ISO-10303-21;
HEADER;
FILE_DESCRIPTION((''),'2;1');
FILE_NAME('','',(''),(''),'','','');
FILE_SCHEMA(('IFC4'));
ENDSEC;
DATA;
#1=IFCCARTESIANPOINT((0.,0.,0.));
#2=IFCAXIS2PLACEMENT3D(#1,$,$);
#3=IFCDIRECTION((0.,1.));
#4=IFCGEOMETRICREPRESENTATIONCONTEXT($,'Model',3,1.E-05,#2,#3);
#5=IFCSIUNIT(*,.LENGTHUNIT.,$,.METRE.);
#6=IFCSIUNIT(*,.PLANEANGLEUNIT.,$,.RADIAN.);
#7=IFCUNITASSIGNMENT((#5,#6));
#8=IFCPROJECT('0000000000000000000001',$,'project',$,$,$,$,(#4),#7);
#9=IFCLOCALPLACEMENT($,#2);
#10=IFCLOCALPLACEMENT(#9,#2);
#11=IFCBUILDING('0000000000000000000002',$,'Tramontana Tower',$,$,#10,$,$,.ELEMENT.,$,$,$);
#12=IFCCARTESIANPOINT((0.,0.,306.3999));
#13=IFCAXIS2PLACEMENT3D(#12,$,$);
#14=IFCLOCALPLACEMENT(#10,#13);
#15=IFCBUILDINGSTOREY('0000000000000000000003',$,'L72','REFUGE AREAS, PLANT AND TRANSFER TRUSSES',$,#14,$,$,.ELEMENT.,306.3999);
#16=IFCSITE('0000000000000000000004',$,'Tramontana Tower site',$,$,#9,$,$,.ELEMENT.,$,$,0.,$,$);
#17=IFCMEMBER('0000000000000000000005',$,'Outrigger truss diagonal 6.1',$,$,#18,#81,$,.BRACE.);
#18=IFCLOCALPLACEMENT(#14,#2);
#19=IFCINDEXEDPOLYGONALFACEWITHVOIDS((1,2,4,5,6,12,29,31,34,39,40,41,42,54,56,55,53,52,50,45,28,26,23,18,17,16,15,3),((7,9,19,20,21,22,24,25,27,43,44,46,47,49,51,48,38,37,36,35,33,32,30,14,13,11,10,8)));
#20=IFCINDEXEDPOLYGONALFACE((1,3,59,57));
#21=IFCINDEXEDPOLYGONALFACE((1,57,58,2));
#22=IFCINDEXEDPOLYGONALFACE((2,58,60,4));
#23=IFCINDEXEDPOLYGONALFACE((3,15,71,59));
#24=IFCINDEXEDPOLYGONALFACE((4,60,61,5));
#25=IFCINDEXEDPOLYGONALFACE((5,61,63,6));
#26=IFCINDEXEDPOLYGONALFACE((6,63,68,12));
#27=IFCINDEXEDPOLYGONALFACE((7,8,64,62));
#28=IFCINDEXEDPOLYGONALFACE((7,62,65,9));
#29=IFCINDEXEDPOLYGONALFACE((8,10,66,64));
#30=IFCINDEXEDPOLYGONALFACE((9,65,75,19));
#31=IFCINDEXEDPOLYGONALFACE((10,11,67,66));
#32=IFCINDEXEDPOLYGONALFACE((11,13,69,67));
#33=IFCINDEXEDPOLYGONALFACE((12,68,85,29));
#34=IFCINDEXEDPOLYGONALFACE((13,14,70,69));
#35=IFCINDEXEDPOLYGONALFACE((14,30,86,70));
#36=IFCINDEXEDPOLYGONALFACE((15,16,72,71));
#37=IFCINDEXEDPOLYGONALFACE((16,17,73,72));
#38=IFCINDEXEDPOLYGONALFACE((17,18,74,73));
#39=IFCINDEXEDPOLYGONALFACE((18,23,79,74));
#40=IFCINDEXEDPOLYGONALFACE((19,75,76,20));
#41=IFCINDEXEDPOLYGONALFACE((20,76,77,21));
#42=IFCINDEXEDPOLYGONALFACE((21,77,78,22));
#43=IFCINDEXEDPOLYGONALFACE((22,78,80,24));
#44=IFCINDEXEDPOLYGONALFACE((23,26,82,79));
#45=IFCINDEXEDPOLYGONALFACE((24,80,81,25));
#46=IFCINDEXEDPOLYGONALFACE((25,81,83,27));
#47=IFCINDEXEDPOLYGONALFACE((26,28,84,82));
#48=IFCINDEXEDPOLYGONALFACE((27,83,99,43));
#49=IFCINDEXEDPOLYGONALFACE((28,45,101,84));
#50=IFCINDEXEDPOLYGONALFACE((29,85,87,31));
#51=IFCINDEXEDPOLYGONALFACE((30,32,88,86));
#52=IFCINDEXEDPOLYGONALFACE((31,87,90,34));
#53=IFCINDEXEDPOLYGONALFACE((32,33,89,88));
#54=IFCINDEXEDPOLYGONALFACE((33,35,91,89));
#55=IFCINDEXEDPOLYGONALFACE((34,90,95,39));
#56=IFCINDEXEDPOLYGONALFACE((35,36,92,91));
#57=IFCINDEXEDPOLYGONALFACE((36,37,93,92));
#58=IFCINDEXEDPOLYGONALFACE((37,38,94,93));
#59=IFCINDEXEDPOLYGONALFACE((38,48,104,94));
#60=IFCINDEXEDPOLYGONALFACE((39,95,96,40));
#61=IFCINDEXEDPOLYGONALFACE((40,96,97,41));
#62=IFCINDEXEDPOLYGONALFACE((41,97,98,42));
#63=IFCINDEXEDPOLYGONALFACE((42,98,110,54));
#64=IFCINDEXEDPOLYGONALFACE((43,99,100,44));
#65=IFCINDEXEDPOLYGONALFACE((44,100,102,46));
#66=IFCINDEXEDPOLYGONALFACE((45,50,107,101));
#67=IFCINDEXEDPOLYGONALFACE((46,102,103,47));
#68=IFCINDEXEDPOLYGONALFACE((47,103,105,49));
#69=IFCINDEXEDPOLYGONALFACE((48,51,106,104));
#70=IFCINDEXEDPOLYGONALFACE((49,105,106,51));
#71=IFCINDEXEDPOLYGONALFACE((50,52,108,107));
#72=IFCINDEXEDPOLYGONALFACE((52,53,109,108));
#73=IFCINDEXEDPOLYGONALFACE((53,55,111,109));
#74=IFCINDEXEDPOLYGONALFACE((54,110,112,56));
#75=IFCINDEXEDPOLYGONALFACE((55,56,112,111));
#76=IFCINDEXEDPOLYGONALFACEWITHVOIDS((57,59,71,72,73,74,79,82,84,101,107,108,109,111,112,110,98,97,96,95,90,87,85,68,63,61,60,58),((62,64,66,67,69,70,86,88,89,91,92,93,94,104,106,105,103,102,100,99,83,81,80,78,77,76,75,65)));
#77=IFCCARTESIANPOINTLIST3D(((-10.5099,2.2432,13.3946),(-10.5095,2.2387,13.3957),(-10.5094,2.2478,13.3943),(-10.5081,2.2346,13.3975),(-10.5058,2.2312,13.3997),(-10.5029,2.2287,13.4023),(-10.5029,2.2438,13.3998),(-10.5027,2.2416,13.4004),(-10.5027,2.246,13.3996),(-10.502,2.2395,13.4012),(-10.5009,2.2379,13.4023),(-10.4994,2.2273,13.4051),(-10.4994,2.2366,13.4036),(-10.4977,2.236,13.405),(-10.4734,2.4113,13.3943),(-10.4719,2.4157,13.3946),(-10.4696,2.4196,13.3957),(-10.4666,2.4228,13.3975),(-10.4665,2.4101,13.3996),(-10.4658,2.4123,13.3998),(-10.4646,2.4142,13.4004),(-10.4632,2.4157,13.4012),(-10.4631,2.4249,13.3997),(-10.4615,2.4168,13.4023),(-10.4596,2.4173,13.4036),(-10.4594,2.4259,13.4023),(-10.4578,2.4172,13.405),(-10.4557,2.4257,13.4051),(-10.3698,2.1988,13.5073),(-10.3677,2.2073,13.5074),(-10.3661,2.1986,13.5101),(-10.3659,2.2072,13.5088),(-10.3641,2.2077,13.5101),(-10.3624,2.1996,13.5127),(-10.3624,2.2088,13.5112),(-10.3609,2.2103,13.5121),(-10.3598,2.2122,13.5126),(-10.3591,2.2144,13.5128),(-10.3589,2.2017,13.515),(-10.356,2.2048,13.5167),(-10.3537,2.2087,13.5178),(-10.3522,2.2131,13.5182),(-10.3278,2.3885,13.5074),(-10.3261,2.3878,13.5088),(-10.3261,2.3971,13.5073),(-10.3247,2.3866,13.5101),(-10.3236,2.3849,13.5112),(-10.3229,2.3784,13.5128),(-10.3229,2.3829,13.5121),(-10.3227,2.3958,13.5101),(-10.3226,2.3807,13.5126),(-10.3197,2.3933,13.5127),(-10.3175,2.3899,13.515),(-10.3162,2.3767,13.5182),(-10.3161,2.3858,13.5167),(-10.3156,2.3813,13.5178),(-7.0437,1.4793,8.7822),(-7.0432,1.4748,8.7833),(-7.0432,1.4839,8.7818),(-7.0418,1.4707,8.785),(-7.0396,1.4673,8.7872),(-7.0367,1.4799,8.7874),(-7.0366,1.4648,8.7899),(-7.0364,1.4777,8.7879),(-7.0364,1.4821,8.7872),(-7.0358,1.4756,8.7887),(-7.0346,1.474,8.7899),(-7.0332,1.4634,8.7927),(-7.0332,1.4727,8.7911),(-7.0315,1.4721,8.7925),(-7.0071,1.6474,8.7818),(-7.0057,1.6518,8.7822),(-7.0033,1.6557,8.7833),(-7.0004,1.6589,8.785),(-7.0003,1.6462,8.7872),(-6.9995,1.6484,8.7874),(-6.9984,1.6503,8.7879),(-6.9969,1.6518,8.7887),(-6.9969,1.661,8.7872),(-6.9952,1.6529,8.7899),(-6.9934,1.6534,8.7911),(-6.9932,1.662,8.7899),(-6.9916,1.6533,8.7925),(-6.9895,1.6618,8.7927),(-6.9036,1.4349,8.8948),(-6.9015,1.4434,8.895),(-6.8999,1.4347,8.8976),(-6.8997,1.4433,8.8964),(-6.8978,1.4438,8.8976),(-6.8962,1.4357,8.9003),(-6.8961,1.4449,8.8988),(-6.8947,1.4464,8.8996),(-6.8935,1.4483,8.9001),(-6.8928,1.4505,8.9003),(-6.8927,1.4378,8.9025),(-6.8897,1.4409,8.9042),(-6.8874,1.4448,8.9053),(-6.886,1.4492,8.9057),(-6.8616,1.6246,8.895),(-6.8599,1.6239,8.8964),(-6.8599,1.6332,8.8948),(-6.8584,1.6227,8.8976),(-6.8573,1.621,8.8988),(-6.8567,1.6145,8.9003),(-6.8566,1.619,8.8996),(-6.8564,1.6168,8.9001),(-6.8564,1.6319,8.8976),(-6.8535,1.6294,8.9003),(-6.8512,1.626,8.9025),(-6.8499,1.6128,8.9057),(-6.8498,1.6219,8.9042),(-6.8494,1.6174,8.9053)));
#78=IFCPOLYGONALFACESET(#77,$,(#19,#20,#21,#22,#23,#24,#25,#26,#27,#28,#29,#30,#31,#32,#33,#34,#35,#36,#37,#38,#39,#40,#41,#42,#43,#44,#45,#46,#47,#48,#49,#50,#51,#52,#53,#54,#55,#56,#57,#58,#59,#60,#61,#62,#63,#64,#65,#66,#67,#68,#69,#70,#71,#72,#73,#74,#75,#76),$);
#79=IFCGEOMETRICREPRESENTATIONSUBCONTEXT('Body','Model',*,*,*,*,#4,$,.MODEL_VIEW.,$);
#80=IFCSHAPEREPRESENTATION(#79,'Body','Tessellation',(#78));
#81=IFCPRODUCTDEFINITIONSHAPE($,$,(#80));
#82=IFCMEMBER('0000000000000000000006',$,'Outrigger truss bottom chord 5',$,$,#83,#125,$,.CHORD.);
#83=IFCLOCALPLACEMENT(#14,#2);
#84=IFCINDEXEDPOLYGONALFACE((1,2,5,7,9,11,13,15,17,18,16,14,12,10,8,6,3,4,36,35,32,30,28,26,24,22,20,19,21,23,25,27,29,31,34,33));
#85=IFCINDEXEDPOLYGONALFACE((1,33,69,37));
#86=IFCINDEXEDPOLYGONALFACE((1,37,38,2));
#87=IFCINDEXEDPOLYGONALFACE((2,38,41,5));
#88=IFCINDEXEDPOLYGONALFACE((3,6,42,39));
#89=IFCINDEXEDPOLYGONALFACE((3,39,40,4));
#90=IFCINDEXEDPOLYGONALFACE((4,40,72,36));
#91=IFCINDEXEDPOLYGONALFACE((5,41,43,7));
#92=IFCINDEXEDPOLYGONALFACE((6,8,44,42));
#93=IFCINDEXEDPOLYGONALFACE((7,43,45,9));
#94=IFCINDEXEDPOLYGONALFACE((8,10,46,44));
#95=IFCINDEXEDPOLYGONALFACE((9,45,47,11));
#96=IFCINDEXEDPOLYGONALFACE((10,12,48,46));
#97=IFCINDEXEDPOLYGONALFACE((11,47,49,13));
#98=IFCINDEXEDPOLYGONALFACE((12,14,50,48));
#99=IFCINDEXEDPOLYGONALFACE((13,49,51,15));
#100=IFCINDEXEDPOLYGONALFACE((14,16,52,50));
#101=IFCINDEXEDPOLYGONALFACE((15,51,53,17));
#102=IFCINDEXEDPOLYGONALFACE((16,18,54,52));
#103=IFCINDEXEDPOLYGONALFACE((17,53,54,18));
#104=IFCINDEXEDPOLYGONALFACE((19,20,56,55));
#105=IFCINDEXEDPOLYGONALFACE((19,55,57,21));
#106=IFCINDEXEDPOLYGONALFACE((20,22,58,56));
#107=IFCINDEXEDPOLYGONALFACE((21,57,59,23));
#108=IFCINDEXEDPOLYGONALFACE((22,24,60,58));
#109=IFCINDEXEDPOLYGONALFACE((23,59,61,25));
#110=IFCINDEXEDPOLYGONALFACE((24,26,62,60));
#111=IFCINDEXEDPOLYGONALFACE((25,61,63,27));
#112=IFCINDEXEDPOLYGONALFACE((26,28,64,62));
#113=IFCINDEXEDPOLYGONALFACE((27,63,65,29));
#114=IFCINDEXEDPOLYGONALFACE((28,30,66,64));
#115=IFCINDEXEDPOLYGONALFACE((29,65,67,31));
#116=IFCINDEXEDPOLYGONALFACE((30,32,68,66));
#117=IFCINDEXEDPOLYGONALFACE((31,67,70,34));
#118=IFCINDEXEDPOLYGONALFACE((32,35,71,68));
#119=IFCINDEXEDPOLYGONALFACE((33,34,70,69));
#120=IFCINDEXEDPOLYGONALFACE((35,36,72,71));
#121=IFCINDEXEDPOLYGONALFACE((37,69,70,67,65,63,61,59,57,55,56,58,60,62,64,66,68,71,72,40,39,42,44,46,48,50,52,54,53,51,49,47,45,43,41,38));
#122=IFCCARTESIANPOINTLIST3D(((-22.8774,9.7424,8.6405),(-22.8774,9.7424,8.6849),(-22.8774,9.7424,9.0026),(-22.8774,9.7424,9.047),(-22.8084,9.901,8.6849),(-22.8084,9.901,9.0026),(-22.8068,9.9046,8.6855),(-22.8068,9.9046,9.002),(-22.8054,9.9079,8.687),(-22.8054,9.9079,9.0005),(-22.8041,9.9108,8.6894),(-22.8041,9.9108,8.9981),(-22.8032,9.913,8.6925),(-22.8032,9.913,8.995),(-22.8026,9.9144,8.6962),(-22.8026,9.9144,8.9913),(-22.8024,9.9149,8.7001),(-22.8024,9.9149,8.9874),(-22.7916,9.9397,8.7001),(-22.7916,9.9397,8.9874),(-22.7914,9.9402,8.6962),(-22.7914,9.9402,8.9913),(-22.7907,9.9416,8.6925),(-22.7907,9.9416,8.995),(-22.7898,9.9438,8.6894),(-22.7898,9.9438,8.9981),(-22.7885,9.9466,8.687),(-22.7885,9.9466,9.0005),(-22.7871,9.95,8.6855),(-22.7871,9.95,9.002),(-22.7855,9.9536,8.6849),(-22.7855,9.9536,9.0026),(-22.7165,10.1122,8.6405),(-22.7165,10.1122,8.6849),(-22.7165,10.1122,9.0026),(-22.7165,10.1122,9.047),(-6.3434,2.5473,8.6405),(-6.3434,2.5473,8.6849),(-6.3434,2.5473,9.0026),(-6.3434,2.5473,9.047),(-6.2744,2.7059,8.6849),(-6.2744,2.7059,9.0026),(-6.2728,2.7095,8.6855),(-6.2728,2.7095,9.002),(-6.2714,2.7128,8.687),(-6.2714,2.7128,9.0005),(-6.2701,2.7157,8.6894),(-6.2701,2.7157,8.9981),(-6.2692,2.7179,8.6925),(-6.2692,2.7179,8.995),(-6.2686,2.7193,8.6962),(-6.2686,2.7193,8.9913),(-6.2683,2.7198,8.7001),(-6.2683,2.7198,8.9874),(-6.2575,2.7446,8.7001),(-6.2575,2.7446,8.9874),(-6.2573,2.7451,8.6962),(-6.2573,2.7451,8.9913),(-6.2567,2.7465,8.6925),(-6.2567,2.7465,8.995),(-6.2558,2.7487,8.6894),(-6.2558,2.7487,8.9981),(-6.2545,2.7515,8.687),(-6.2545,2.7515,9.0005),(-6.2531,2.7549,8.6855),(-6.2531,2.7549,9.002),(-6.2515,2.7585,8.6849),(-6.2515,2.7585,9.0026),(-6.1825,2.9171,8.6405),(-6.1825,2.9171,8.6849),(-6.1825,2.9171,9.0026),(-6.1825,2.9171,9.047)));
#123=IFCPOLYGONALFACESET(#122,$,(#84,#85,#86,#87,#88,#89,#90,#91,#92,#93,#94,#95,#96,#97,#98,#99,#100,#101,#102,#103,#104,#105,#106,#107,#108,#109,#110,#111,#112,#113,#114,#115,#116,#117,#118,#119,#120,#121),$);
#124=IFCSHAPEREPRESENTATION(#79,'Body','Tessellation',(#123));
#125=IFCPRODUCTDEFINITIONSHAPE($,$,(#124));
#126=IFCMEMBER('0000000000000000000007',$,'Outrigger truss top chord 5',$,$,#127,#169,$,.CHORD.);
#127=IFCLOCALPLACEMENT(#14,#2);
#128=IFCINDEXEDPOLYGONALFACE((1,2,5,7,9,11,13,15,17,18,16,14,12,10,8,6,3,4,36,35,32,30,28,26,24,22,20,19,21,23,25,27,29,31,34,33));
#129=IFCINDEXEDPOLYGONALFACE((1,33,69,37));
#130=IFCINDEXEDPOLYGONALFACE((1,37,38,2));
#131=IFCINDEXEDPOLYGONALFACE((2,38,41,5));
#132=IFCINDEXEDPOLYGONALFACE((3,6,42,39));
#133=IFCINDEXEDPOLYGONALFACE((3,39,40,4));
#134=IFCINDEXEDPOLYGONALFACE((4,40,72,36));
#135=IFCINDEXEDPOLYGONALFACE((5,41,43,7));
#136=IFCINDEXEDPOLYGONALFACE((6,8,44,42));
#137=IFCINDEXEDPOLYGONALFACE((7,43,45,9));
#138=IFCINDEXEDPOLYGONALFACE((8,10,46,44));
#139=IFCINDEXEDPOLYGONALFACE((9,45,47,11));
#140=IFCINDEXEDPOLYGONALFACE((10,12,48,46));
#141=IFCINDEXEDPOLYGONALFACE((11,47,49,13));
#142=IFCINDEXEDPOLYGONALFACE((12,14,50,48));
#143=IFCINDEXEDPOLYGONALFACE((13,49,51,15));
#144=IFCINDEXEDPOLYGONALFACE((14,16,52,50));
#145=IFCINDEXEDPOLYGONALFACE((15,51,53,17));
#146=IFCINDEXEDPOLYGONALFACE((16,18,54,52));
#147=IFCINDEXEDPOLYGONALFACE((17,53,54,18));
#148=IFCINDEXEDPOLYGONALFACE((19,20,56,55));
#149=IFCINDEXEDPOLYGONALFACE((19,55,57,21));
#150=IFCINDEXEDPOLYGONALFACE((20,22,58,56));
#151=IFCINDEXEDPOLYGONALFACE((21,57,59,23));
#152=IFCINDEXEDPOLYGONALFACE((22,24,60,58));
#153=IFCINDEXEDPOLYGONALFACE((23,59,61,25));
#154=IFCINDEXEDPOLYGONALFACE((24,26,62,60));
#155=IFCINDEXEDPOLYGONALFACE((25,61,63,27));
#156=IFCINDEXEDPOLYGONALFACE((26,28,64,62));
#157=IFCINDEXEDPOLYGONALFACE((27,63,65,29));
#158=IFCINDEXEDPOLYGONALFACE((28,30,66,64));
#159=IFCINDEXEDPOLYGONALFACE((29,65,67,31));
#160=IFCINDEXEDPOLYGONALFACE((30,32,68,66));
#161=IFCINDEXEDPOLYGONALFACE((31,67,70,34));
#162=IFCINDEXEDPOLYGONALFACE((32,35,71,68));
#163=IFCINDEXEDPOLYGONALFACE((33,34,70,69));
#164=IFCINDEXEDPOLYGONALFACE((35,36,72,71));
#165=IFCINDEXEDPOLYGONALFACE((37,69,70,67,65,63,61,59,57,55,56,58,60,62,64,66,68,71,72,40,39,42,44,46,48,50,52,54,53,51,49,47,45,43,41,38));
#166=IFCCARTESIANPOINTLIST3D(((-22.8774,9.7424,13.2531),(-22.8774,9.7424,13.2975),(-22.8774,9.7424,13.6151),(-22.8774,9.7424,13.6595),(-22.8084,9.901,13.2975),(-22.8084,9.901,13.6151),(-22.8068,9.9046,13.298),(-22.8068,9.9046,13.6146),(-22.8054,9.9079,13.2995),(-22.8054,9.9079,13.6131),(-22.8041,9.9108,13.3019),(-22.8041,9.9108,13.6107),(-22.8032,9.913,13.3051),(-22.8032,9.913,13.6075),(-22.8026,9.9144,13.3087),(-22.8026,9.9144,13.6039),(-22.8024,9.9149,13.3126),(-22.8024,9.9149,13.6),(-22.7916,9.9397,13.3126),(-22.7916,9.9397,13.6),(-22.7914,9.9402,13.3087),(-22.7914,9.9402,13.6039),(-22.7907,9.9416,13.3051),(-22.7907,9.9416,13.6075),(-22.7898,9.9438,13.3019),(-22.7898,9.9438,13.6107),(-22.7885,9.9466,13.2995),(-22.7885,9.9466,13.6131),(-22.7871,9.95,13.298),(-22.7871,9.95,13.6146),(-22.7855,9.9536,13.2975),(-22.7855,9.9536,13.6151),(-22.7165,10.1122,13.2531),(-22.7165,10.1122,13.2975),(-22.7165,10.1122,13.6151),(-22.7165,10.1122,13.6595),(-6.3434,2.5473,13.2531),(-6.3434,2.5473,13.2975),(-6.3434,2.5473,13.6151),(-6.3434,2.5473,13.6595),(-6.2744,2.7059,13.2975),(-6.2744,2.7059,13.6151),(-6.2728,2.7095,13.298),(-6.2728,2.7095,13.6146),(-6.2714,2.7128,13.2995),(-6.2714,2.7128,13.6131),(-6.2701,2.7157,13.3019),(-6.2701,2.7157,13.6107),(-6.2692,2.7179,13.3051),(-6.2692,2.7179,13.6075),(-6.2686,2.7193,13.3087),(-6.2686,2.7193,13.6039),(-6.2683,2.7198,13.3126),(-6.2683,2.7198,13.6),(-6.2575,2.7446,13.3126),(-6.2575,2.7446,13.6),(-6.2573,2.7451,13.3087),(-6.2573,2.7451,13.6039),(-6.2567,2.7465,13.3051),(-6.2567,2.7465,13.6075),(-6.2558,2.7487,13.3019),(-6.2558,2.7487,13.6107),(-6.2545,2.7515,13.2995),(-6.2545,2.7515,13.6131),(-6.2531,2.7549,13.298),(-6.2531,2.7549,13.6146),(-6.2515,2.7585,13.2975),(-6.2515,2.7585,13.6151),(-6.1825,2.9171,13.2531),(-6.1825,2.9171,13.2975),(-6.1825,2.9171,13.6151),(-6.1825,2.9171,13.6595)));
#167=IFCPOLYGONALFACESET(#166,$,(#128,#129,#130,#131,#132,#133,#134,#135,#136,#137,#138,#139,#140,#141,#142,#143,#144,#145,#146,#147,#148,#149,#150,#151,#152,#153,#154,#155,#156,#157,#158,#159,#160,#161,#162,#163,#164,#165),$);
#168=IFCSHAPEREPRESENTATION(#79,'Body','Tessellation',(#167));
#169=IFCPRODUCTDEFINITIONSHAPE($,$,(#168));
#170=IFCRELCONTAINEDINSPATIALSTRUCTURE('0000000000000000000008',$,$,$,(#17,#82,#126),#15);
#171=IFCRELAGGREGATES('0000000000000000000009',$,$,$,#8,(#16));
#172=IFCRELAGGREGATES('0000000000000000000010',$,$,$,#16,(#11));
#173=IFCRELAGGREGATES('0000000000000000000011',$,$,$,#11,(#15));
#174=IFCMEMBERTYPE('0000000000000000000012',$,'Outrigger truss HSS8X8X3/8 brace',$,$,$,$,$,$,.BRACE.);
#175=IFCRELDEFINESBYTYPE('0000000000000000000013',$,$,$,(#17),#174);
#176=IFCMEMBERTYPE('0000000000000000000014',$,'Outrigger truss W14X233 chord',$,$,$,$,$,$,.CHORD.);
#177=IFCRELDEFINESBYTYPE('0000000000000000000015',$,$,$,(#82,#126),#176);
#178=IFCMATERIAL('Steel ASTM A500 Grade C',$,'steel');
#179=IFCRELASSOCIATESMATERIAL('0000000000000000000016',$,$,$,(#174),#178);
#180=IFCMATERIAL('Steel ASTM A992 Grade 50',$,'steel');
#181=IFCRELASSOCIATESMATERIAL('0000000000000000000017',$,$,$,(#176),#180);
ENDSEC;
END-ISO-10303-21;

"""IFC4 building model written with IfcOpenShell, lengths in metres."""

from ifc_helpers import new_model, si_unit, direction, frame, origin, origin_2d, place, context, subcontext, project, spatial, hollow_rectangle, i_section, extrude, material, material_profile, profile_set, type_object, element, save


model = new_model("IFC4")

# Units and contexts
model_context = context("Model", 3, precision=1e-05, world=origin(), true_north=direction((0.0, 1.0)))
body_context = subcontext(model_context, "Body", "Model", "MODEL_VIEW")
ifc_project = project(units=[si_unit("LENGTHUNIT", "METRE"), si_unit("PLANEANGLEUNIT", "RADIAN")], contexts=[model_context])

# Site, building, storey
site_placement = place(None, origin())
site = spatial("IfcSite", under=ifc_project, at=site_placement, Name="Tramontana Tower site", CompositionType="ELEMENT", RefElevation=0.0)
building_placement = place(site_placement, origin())
building = spatial("IfcBuilding", under=site, at=building_placement, Name="Tramontana Tower", CompositionType="ELEMENT")
storey_placement = place(building_placement, frame((0.0, 0.0, 306.3999)))
storey = spatial("IfcBuildingStorey", under=building, at=storey_placement, Name="L72", Description="REFUGE AREAS, PLANT AND TRANSFER TRUSSES", CompositionType="ELEMENT", Elevation=306.3999)

# Members
ifc_material_1 = material(Name="Steel ASTM A500 Grade C", Category="steel")
ifc_material_profile_1 = material_profile(ifc_material_1, hollow_rectangle(XDim=0.2031, YDim=0.2031, WallThickness=0.0088, InnerFilletRadius=0.0088, OuterFilletRadius=0.0178, at=origin_2d()), Name="HSS8X8X3/8")
ifc_profile_set_1 = profile_set([ifc_material_profile_1], Name="Steel ASTM A500 Grade C")
member_type_1 = type_object("IfcMemberType", Name="Outrigger truss HSS8X8X3/8 brace", PredefinedType="BRACE", material=ifc_profile_set_1)
member_1_placement = place(storey_placement, frame((-6.9465, 1.5483, 8.8438), z_axis=(-0.595567, 0.131253, 0.79251), x_axis=(-0.215219, -0.976566, 0.0)))
element("IfcMember", 1, at=member_1_placement, inside=storey, type_object=member_type_1, Name="Outrigger truss diagonal 6.1", PredefinedType="BRACE", context=body_context, shape_type="SweptSolid", body=[
    extrude(hollow_rectangle(XDim=0.2031, YDim=0.2031, WallThickness=0.0088, InnerFilletRadius=0.0088, OuterFilletRadius=0.0178, at=origin_2d()), origin(), (0.0, 0.0, 1.0), 5.8201),
])
ifc_material_2 = material(Name="Steel ASTM A992 Grade 50", Category="steel")
ifc_material_profile_2 = material_profile(ifc_material_2, i_section(OverallWidth=0.4033, OverallDepth=0.4065, WebThickness=0.0271, FlangeThickness=0.0444, FilletRadius=0.0151, at=origin_2d()), Name="W14X233")
ifc_profile_set_2 = profile_set([ifc_material_profile_2], Name="Steel ASTM A992 Grade 50")
member_type_2 = type_object("IfcMemberType", Name="Outrigger truss W14X233 chord", PredefinedType="CHORD", material=ifc_profile_set_2)
for number, where, z_axis, x_axis, name in (
    (2, (-6.2629, 2.7322, 8.8438), (-0.91694, 0.399025, 0.0), (-0.399025, -0.91694, 0.0), "Outrigger truss bottom chord 5"),
    (3, (-6.2629, 2.7322, 13.4563), (-0.91694, 0.399025, 0.0), (-0.399025, -0.91694, 0.0), "Outrigger truss top chord 5"),
):
    element("IfcMember", number, at=place(storey_placement, frame(where, z_axis=z_axis, x_axis=x_axis)), inside=storey, type_object=member_type_2, Name=name, PredefinedType="CHORD", context=body_context, shape_type="SweptSolid", body=[
        extrude(i_section(OverallWidth=0.4033, OverallDepth=0.4065, WebThickness=0.0271, FlangeThickness=0.0444, FilletRadius=0.0151, at=origin_2d()), origin(), (0.0, 0.0, 1.0), 18.0317),
    ])

save(model, "model.ifc")
